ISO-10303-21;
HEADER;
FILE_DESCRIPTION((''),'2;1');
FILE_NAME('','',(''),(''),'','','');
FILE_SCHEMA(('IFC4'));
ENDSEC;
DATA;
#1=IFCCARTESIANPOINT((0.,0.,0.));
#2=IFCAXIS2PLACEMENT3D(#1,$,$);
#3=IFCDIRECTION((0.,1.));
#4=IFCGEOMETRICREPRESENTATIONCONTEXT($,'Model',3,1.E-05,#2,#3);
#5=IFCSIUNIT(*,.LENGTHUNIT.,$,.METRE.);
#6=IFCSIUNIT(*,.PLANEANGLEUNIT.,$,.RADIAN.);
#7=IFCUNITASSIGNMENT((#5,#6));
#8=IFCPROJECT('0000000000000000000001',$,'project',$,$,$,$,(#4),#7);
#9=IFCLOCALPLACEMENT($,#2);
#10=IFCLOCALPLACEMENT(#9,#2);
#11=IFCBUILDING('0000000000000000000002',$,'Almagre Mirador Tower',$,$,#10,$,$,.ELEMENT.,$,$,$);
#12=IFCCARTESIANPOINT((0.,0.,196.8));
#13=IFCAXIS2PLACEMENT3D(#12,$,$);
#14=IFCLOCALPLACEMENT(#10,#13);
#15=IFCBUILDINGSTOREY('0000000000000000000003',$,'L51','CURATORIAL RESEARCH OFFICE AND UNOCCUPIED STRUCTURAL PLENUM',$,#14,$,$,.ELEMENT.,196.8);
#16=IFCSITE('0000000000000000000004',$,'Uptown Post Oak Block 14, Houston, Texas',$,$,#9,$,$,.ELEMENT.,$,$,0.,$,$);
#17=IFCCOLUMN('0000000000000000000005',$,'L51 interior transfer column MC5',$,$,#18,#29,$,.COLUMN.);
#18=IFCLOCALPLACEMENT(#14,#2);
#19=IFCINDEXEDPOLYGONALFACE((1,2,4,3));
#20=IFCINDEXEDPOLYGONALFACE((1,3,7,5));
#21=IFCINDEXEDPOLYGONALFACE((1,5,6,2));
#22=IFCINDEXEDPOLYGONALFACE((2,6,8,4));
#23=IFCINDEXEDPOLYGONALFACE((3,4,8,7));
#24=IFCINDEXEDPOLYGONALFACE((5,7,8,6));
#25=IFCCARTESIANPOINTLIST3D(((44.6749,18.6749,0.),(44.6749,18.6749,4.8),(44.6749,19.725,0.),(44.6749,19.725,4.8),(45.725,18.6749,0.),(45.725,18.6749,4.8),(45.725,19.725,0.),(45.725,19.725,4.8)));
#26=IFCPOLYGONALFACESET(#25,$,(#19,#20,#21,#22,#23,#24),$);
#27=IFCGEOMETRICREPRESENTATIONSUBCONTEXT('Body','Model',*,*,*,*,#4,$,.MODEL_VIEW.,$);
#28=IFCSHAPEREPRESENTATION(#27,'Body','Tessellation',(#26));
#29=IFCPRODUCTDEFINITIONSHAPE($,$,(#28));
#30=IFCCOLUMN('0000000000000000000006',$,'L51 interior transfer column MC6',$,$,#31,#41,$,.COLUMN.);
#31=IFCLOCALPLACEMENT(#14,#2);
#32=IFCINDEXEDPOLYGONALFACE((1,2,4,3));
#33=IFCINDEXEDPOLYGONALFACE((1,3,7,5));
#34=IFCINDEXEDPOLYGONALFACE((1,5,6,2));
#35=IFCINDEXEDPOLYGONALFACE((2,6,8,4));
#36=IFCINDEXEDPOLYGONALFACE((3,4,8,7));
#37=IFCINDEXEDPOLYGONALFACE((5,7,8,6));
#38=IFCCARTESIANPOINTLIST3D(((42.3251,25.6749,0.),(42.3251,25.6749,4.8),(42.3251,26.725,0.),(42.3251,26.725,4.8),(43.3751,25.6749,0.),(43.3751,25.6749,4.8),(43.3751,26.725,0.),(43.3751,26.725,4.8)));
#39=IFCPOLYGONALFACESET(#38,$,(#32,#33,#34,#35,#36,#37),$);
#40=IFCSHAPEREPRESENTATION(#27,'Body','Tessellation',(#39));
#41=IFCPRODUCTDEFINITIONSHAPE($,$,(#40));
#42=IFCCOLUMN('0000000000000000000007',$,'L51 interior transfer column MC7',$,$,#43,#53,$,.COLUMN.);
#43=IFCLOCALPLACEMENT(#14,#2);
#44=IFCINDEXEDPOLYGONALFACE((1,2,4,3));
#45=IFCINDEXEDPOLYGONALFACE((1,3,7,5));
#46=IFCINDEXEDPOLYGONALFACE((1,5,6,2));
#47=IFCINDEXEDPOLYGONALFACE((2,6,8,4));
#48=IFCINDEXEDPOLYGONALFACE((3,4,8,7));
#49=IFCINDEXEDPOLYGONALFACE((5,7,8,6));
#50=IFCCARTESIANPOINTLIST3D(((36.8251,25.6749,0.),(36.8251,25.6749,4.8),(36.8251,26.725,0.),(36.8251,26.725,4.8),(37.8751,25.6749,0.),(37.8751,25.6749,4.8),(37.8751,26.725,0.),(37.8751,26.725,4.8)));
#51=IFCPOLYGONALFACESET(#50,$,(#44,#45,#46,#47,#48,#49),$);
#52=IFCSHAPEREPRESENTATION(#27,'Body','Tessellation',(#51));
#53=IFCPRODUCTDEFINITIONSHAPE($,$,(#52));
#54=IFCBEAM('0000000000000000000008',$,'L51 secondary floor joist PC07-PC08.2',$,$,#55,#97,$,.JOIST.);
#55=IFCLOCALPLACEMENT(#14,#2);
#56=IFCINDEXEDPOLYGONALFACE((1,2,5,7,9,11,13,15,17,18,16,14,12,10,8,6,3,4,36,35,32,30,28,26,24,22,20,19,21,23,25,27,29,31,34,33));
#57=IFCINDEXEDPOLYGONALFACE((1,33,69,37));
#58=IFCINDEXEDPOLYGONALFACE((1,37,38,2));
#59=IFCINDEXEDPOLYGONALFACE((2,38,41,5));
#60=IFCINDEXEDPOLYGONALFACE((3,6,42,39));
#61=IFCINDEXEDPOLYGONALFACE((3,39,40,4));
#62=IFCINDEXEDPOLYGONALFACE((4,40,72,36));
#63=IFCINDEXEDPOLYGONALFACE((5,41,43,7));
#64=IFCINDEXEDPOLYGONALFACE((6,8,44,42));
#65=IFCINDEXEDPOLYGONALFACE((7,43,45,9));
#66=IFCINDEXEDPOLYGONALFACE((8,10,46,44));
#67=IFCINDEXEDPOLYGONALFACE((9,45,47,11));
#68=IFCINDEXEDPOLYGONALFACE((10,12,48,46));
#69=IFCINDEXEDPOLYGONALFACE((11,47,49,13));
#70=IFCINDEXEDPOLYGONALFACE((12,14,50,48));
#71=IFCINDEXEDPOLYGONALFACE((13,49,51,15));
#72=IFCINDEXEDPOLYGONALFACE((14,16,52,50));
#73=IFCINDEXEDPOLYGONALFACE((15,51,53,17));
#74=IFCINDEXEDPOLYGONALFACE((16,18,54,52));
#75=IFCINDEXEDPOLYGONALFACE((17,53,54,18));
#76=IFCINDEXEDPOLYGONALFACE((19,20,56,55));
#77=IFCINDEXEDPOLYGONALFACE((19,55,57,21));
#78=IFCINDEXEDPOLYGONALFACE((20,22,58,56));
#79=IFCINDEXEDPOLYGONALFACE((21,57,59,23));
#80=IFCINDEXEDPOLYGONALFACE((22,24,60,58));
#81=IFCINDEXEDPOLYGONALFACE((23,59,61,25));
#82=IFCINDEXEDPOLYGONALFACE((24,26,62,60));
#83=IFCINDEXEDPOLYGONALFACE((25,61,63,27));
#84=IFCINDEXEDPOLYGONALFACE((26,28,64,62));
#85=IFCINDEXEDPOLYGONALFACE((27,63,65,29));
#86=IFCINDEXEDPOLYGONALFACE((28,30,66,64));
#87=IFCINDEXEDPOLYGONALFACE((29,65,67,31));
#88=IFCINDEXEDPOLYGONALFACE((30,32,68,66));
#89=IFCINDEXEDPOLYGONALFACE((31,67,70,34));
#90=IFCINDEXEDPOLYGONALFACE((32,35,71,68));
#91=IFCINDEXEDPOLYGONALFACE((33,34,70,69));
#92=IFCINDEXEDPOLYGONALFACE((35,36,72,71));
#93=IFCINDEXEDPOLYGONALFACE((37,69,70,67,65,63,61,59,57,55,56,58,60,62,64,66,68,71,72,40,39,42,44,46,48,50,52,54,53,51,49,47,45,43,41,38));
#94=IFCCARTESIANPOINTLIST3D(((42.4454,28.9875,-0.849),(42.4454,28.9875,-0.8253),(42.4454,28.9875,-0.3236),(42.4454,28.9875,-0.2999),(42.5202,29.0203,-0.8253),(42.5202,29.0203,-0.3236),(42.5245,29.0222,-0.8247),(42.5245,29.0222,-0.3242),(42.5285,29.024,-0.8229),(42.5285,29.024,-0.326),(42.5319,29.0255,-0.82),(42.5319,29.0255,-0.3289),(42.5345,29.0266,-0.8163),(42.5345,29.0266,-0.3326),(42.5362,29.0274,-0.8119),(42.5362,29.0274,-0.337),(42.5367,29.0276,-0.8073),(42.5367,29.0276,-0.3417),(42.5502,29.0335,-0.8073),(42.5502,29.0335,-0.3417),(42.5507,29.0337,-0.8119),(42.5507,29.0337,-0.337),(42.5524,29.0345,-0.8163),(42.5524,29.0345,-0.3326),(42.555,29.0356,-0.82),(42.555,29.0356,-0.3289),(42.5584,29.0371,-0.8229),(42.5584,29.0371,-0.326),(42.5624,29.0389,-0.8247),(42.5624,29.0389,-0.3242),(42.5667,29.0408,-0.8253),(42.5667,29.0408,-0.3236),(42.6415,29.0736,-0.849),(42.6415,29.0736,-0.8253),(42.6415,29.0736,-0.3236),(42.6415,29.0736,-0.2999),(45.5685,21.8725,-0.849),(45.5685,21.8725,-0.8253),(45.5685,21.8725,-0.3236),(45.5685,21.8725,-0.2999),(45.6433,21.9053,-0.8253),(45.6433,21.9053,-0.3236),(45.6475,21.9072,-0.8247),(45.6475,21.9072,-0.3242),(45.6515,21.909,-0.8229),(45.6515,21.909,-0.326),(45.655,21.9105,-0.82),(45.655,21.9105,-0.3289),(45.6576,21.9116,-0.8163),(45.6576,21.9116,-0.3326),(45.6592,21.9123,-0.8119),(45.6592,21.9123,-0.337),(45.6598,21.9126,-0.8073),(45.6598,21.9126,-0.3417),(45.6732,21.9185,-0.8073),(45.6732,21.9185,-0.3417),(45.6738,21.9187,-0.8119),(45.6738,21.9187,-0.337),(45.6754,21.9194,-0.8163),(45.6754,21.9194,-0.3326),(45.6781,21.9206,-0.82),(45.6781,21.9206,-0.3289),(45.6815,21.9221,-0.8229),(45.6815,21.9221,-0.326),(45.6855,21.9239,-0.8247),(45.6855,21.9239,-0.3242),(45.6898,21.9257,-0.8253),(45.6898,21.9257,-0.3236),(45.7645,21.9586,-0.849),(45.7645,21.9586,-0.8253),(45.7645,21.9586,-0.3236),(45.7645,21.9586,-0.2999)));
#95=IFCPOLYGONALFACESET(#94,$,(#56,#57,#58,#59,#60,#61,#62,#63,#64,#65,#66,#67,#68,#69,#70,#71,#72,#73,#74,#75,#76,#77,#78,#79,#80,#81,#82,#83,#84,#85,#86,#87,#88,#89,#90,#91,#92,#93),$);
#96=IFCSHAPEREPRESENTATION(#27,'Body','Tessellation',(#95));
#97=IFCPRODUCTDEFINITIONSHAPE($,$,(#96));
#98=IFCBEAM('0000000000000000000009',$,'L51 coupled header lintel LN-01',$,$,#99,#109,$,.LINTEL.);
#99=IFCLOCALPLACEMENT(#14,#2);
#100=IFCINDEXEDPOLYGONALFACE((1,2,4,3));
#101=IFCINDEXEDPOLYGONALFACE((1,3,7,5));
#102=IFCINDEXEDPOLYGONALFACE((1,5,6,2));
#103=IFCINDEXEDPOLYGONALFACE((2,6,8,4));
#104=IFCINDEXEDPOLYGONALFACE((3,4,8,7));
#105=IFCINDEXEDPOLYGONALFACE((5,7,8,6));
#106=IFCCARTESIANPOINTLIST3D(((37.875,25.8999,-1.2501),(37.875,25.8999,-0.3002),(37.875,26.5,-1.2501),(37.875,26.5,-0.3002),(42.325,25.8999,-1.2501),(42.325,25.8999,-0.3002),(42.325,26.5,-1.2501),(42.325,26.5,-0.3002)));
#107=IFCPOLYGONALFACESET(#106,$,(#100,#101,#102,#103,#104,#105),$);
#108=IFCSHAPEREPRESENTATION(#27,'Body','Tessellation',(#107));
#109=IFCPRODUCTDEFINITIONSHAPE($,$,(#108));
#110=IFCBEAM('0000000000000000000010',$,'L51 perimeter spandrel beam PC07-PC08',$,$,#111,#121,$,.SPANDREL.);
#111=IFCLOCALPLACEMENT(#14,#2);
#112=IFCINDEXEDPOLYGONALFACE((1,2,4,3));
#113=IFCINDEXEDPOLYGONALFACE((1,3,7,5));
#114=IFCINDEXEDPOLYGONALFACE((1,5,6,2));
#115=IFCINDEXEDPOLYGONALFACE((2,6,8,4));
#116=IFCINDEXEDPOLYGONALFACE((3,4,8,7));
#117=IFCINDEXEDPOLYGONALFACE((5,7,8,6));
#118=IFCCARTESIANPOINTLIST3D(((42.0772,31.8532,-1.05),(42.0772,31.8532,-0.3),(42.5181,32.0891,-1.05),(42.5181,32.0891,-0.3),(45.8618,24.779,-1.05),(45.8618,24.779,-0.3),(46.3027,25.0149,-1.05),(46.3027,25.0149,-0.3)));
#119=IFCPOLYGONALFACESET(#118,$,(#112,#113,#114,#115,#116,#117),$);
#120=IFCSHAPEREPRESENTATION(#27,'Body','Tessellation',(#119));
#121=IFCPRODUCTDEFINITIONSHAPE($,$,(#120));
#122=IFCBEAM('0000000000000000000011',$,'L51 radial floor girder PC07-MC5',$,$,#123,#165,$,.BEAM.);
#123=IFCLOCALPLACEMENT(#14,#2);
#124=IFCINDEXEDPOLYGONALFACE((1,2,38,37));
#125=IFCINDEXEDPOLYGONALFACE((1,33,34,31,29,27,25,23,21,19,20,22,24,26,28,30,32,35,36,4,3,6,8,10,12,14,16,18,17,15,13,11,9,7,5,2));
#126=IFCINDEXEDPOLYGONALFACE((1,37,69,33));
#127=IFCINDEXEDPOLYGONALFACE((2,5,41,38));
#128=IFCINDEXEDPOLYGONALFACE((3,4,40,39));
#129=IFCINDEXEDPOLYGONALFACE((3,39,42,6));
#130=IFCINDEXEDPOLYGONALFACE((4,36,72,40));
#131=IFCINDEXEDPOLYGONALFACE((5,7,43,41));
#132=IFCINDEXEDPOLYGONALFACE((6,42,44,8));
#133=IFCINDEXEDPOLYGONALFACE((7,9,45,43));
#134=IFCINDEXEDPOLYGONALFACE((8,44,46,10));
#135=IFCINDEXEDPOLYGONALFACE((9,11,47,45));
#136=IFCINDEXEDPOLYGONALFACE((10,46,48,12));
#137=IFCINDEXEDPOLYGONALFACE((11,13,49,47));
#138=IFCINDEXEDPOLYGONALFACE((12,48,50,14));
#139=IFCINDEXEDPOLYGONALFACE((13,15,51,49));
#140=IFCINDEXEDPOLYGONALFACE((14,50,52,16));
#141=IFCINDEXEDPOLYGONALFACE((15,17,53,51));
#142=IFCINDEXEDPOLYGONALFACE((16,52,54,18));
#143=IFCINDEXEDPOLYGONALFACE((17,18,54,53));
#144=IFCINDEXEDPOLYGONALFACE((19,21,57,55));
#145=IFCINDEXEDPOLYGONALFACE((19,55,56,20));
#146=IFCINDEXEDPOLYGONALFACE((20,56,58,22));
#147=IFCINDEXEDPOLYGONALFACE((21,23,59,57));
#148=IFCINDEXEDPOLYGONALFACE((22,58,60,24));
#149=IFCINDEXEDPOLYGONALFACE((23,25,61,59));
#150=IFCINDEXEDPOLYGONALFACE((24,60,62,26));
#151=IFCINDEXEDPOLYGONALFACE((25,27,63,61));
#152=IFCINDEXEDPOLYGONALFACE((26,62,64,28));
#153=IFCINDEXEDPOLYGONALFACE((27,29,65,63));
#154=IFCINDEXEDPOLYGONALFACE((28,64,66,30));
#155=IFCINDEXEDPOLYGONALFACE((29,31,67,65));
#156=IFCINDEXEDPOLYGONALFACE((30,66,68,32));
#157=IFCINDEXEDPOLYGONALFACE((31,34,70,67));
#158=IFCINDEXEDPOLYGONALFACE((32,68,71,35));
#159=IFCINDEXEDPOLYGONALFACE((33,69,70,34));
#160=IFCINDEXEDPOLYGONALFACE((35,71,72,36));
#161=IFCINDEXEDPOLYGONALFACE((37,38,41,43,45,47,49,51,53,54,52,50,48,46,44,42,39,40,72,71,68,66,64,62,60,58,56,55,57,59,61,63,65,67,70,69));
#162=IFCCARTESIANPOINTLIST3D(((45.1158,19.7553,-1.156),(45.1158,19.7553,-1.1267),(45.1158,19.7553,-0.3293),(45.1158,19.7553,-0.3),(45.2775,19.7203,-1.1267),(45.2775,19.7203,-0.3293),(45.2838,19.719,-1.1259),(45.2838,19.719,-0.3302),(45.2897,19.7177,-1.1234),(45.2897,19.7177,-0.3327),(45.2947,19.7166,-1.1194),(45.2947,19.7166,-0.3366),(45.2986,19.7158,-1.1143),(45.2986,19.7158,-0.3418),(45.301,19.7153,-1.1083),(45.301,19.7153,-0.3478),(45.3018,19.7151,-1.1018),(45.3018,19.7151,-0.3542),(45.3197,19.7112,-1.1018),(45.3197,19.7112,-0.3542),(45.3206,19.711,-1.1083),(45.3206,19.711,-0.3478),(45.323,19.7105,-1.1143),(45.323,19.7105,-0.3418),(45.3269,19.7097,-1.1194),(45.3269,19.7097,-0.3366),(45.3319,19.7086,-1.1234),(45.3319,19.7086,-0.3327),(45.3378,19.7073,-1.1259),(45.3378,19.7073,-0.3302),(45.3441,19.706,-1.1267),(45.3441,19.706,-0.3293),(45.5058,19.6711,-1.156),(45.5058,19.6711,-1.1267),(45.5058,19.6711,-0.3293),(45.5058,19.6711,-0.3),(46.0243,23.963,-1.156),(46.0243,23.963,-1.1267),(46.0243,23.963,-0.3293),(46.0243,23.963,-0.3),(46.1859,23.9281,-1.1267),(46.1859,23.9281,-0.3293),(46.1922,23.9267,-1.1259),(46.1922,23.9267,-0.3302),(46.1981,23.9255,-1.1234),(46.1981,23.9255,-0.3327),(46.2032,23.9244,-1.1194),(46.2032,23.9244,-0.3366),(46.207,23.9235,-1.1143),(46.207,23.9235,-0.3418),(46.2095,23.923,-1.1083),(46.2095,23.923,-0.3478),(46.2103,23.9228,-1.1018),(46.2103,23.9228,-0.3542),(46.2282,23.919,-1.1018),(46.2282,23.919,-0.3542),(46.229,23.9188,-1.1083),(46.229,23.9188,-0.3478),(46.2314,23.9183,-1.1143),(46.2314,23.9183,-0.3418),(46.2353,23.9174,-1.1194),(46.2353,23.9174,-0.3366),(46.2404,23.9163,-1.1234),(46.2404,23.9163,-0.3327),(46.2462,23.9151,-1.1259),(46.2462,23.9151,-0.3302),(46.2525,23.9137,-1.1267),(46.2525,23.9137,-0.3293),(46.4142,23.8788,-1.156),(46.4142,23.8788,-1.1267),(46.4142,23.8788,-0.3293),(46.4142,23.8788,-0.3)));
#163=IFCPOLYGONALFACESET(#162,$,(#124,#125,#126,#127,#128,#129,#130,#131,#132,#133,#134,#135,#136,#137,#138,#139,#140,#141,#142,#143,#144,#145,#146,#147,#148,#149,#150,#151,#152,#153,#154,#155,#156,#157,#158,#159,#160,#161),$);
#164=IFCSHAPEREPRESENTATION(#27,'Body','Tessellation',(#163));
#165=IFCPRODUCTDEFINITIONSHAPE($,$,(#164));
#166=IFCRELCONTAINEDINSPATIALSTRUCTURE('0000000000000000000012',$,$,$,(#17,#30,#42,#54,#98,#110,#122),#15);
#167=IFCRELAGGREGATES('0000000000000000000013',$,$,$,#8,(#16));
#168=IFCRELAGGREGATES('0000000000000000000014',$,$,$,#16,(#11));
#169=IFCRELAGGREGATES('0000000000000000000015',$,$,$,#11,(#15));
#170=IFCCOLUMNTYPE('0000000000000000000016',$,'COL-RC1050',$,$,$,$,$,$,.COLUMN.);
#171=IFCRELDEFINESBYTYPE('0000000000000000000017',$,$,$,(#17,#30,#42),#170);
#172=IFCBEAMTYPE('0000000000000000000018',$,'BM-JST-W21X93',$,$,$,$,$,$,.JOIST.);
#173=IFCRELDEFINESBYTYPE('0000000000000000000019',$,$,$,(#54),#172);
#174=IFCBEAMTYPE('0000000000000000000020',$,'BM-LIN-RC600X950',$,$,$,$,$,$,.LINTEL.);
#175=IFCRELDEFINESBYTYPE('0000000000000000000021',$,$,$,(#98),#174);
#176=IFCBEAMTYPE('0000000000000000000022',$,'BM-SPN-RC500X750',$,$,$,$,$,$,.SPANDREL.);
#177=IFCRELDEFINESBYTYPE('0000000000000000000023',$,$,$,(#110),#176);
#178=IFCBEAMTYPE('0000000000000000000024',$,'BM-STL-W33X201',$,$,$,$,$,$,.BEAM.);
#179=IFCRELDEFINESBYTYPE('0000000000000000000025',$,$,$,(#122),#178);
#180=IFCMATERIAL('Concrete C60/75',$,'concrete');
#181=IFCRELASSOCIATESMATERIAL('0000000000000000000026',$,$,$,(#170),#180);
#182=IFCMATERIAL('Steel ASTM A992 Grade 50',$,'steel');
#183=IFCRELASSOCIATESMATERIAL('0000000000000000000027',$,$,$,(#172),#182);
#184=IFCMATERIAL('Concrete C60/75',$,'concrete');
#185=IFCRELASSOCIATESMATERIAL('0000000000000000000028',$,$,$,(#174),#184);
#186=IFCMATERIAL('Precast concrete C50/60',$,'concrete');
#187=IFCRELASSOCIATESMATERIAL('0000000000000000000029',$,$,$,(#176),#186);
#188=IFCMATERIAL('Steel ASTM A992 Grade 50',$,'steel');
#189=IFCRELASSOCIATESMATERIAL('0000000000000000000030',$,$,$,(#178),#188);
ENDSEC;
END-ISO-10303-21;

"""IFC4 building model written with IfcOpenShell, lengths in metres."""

from ifc_helpers import new_model, si_unit, direction, frame, origin, origin_2d, place, context, subcontext, project, spatial, rectangle, i_section, extrude, material, material_profile, profile_set, type_object, element, save


model = new_model("IFC4")

# Units and contexts
model_context = context("Model", 3, precision=1e-05, world=origin(), true_north=direction((0.0, 1.0)))
body_context = subcontext(model_context, "Body", "Model", "MODEL_VIEW")
ifc_project = project(units=[si_unit("LENGTHUNIT", "METRE"), si_unit("PLANEANGLEUNIT", "RADIAN")], contexts=[model_context])

# Site, building, storey
site_placement = place(None, origin())
site = spatial("IfcSite", under=ifc_project, at=site_placement, Name="Uptown Post Oak Block 14, Houston, Texas", CompositionType="ELEMENT", RefElevation=0.0)
building_placement = place(site_placement, origin())
building = spatial("IfcBuilding", under=site, at=building_placement, Name="Almagre Mirador Tower", CompositionType="ELEMENT")
storey_placement = place(building_placement, frame((0.0, 0.0, 196.8)))
storey = spatial("IfcBuildingStorey", under=building, at=storey_placement, Name="L51", Description="CURATORIAL RESEARCH OFFICE AND UNOCCUPIED STRUCTURAL PLENUM", CompositionType="ELEMENT", Elevation=196.8)

# Columns
ifc_material_1 = material(Name="Concrete C60/75", Category="concrete")
ifc_material_profile_1 = material_profile(ifc_material_1, rectangle(XDim=1.05, YDim=1.05, at=origin_2d()), Name="RC1050X1050")
ifc_profile_set_1 = profile_set([ifc_material_profile_1], Name="Concrete C60/75")
column_type = type_object("IfcColumnType", Name="COL-RC1050", PredefinedType="COLUMN", material=ifc_profile_set_1)
for number, where, z_axis, x_axis, name in (
    (1, (45.2, 19.2, 0.0), (0.0, 0.0, 1.0), (1.0, 0.0, 0.0), "L51 interior transfer column MC5"),
    (2, (42.8501, 26.2, 0.0), (0.0, 0.0, 1.0), (1.0, 0.0, 0.0), "L51 interior transfer column MC6"),
    (3, (37.3501, 26.2, 0.0), (0.0, 0.0, 1.0), (1.0, 0.0, 0.0), "L51 interior transfer column MC7"),
):
    element("IfcColumn", number, at=place(storey_placement, frame(where, z_axis=z_axis, x_axis=x_axis)), inside=storey, type_object=column_type, Name=name, PredefinedType="COLUMN", context=body_context, shape_type="SweptSolid", body=[
        extrude(rectangle(XDim=1.05, YDim=1.05, at=origin_2d()), origin(), (0.0, 0.0, 1.0), 4.8),
    ])

# Beams
ifc_material_2 = material(Name="Steel ASTM A992 Grade 50", Category="steel")
ifc_material_profile_2 = material_profile(ifc_material_2, i_section(OverallWidth=0.2141, OverallDepth=0.5491, WebThickness=0.0146, FlangeThickness=0.0237, FilletRadius=0.0181, at=origin_2d()), Name="W21X93")
ifc_profile_set_2 = profile_set([ifc_material_profile_2], Name="Steel ASTM A992 Grade 50")
beam_type_1 = type_object("IfcBeamType", Name="BM-JST-W21X93", PredefinedType="JOIST", material=ifc_profile_set_2)
beam_1_placement = place(storey_placement, frame((45.6665, 21.9155, -0.5745), z_axis=(-0.401925, 0.915673, 0.0), x_axis=(-0.915673, -0.401925, 0.0)))
element("IfcBeam", 4, at=beam_1_placement, inside=storey, type_object=beam_type_1, Name="L51 secondary floor joist PC07-PC08.2", PredefinedType="JOIST", context=body_context, shape_type="SweptSolid", body=[
    extrude(i_section(OverallWidth=0.2141, OverallDepth=0.5491, WebThickness=0.0146, FlangeThickness=0.0237, FilletRadius=0.0181, at=origin_2d()), origin(), (0.0, 0.0, 1.0), 7.7703),
])
ifc_material_3 = material(Name="Concrete C60/75", Category="concrete")
ifc_material_profile_3 = material_profile(ifc_material_3, rectangle(XDim=0.6001, YDim=0.95, at=origin_2d()), Name="RC600X950")
ifc_profile_set_3 = profile_set([ifc_material_profile_3], Name="Concrete C60/75")
beam_type_2 = type_object("IfcBeamType", Name="BM-LIN-RC600X950", PredefinedType="LINTEL", material=ifc_profile_set_3)
beam_2_placement = place(storey_placement, frame((37.875, 26.2, -0.7751), z_axis=(1.0, 0.0, 0.0), x_axis=(0.0, 1.0, 0.0)))
element("IfcBeam", 5, at=beam_2_placement, inside=storey, type_object=beam_type_2, Name="L51 coupled header lintel LN-01", PredefinedType="LINTEL", context=body_context, shape_type="SweptSolid", body=[
    extrude(rectangle(XDim=0.6001, YDim=0.95, at=origin_2d()), origin(), (0.0, 0.0, 1.0), 4.45),
])
ifc_material_4 = material(Name="Precast concrete C50/60", Category="concrete")
ifc_material_profile_4 = material_profile(ifc_material_4, rectangle(XDim=0.5, YDim=0.75, at=origin_2d()), Name="RC500X750")
ifc_profile_set_4 = profile_set([ifc_material_profile_4], Name="Precast concrete C50/60")
beam_type_3 = type_object("IfcBeamType", Name="BM-SPN-RC500X750", PredefinedType="SPANDREL", material=ifc_profile_set_4)
beam_3_placement = place(storey_placement, frame((46.0823, 24.897, -0.675), z_axis=(-0.471728, 0.881744, 0.0), x_axis=(-0.881744, -0.471728, 0.0)))
element("IfcBeam", 6, at=beam_3_placement, inside=storey, type_object=beam_type_3, Name="L51 perimeter spandrel beam PC07-PC08", PredefinedType="SPANDREL", context=body_context, shape_type="SweptSolid", body=[
    extrude(rectangle(XDim=0.5, YDim=0.75, at=origin_2d()), origin(), (0.0, 0.0, 1.0), 8.0229),
])
ifc_material_5 = material(Name="Steel ASTM A992 Grade 50", Category="steel")
ifc_material_profile_5 = material_profile(ifc_material_5, i_section(OverallWidth=0.3989, OverallDepth=0.856, WebThickness=0.0183, FlangeThickness=0.0293, FilletRadius=0.0249, at=origin_2d()), Name="W33X201")
ifc_profile_set_5 = profile_set([ifc_material_profile_5], Name="Steel ASTM A992 Grade 50")
beam_type_4 = type_object("IfcBeamType", Name="BM-STL-W33X201", PredefinedType="BEAM", material=ifc_profile_set_5)
beam_4_placement = place(storey_placement, frame((46.2192, 23.9209, -0.728), z_axis=(-0.211036, -0.977478, 0.0), x_axis=(0.977478, -0.211036, 0.0)))
element("IfcBeam", 7, at=beam_4_placement, inside=storey, type_object=beam_type_4, Name="L51 radial floor girder PC07-MC5", PredefinedType="BEAM", context=body_context, shape_type="SweptSolid", body=[
    extrude(i_section(OverallWidth=0.3989, OverallDepth=0.856, WebThickness=0.0183, FlangeThickness=0.0293, FilletRadius=0.0249, at=origin_2d()), origin(), (0.0, 0.0, 1.0), 4.3047),
])

save(model, "model.ifc")
